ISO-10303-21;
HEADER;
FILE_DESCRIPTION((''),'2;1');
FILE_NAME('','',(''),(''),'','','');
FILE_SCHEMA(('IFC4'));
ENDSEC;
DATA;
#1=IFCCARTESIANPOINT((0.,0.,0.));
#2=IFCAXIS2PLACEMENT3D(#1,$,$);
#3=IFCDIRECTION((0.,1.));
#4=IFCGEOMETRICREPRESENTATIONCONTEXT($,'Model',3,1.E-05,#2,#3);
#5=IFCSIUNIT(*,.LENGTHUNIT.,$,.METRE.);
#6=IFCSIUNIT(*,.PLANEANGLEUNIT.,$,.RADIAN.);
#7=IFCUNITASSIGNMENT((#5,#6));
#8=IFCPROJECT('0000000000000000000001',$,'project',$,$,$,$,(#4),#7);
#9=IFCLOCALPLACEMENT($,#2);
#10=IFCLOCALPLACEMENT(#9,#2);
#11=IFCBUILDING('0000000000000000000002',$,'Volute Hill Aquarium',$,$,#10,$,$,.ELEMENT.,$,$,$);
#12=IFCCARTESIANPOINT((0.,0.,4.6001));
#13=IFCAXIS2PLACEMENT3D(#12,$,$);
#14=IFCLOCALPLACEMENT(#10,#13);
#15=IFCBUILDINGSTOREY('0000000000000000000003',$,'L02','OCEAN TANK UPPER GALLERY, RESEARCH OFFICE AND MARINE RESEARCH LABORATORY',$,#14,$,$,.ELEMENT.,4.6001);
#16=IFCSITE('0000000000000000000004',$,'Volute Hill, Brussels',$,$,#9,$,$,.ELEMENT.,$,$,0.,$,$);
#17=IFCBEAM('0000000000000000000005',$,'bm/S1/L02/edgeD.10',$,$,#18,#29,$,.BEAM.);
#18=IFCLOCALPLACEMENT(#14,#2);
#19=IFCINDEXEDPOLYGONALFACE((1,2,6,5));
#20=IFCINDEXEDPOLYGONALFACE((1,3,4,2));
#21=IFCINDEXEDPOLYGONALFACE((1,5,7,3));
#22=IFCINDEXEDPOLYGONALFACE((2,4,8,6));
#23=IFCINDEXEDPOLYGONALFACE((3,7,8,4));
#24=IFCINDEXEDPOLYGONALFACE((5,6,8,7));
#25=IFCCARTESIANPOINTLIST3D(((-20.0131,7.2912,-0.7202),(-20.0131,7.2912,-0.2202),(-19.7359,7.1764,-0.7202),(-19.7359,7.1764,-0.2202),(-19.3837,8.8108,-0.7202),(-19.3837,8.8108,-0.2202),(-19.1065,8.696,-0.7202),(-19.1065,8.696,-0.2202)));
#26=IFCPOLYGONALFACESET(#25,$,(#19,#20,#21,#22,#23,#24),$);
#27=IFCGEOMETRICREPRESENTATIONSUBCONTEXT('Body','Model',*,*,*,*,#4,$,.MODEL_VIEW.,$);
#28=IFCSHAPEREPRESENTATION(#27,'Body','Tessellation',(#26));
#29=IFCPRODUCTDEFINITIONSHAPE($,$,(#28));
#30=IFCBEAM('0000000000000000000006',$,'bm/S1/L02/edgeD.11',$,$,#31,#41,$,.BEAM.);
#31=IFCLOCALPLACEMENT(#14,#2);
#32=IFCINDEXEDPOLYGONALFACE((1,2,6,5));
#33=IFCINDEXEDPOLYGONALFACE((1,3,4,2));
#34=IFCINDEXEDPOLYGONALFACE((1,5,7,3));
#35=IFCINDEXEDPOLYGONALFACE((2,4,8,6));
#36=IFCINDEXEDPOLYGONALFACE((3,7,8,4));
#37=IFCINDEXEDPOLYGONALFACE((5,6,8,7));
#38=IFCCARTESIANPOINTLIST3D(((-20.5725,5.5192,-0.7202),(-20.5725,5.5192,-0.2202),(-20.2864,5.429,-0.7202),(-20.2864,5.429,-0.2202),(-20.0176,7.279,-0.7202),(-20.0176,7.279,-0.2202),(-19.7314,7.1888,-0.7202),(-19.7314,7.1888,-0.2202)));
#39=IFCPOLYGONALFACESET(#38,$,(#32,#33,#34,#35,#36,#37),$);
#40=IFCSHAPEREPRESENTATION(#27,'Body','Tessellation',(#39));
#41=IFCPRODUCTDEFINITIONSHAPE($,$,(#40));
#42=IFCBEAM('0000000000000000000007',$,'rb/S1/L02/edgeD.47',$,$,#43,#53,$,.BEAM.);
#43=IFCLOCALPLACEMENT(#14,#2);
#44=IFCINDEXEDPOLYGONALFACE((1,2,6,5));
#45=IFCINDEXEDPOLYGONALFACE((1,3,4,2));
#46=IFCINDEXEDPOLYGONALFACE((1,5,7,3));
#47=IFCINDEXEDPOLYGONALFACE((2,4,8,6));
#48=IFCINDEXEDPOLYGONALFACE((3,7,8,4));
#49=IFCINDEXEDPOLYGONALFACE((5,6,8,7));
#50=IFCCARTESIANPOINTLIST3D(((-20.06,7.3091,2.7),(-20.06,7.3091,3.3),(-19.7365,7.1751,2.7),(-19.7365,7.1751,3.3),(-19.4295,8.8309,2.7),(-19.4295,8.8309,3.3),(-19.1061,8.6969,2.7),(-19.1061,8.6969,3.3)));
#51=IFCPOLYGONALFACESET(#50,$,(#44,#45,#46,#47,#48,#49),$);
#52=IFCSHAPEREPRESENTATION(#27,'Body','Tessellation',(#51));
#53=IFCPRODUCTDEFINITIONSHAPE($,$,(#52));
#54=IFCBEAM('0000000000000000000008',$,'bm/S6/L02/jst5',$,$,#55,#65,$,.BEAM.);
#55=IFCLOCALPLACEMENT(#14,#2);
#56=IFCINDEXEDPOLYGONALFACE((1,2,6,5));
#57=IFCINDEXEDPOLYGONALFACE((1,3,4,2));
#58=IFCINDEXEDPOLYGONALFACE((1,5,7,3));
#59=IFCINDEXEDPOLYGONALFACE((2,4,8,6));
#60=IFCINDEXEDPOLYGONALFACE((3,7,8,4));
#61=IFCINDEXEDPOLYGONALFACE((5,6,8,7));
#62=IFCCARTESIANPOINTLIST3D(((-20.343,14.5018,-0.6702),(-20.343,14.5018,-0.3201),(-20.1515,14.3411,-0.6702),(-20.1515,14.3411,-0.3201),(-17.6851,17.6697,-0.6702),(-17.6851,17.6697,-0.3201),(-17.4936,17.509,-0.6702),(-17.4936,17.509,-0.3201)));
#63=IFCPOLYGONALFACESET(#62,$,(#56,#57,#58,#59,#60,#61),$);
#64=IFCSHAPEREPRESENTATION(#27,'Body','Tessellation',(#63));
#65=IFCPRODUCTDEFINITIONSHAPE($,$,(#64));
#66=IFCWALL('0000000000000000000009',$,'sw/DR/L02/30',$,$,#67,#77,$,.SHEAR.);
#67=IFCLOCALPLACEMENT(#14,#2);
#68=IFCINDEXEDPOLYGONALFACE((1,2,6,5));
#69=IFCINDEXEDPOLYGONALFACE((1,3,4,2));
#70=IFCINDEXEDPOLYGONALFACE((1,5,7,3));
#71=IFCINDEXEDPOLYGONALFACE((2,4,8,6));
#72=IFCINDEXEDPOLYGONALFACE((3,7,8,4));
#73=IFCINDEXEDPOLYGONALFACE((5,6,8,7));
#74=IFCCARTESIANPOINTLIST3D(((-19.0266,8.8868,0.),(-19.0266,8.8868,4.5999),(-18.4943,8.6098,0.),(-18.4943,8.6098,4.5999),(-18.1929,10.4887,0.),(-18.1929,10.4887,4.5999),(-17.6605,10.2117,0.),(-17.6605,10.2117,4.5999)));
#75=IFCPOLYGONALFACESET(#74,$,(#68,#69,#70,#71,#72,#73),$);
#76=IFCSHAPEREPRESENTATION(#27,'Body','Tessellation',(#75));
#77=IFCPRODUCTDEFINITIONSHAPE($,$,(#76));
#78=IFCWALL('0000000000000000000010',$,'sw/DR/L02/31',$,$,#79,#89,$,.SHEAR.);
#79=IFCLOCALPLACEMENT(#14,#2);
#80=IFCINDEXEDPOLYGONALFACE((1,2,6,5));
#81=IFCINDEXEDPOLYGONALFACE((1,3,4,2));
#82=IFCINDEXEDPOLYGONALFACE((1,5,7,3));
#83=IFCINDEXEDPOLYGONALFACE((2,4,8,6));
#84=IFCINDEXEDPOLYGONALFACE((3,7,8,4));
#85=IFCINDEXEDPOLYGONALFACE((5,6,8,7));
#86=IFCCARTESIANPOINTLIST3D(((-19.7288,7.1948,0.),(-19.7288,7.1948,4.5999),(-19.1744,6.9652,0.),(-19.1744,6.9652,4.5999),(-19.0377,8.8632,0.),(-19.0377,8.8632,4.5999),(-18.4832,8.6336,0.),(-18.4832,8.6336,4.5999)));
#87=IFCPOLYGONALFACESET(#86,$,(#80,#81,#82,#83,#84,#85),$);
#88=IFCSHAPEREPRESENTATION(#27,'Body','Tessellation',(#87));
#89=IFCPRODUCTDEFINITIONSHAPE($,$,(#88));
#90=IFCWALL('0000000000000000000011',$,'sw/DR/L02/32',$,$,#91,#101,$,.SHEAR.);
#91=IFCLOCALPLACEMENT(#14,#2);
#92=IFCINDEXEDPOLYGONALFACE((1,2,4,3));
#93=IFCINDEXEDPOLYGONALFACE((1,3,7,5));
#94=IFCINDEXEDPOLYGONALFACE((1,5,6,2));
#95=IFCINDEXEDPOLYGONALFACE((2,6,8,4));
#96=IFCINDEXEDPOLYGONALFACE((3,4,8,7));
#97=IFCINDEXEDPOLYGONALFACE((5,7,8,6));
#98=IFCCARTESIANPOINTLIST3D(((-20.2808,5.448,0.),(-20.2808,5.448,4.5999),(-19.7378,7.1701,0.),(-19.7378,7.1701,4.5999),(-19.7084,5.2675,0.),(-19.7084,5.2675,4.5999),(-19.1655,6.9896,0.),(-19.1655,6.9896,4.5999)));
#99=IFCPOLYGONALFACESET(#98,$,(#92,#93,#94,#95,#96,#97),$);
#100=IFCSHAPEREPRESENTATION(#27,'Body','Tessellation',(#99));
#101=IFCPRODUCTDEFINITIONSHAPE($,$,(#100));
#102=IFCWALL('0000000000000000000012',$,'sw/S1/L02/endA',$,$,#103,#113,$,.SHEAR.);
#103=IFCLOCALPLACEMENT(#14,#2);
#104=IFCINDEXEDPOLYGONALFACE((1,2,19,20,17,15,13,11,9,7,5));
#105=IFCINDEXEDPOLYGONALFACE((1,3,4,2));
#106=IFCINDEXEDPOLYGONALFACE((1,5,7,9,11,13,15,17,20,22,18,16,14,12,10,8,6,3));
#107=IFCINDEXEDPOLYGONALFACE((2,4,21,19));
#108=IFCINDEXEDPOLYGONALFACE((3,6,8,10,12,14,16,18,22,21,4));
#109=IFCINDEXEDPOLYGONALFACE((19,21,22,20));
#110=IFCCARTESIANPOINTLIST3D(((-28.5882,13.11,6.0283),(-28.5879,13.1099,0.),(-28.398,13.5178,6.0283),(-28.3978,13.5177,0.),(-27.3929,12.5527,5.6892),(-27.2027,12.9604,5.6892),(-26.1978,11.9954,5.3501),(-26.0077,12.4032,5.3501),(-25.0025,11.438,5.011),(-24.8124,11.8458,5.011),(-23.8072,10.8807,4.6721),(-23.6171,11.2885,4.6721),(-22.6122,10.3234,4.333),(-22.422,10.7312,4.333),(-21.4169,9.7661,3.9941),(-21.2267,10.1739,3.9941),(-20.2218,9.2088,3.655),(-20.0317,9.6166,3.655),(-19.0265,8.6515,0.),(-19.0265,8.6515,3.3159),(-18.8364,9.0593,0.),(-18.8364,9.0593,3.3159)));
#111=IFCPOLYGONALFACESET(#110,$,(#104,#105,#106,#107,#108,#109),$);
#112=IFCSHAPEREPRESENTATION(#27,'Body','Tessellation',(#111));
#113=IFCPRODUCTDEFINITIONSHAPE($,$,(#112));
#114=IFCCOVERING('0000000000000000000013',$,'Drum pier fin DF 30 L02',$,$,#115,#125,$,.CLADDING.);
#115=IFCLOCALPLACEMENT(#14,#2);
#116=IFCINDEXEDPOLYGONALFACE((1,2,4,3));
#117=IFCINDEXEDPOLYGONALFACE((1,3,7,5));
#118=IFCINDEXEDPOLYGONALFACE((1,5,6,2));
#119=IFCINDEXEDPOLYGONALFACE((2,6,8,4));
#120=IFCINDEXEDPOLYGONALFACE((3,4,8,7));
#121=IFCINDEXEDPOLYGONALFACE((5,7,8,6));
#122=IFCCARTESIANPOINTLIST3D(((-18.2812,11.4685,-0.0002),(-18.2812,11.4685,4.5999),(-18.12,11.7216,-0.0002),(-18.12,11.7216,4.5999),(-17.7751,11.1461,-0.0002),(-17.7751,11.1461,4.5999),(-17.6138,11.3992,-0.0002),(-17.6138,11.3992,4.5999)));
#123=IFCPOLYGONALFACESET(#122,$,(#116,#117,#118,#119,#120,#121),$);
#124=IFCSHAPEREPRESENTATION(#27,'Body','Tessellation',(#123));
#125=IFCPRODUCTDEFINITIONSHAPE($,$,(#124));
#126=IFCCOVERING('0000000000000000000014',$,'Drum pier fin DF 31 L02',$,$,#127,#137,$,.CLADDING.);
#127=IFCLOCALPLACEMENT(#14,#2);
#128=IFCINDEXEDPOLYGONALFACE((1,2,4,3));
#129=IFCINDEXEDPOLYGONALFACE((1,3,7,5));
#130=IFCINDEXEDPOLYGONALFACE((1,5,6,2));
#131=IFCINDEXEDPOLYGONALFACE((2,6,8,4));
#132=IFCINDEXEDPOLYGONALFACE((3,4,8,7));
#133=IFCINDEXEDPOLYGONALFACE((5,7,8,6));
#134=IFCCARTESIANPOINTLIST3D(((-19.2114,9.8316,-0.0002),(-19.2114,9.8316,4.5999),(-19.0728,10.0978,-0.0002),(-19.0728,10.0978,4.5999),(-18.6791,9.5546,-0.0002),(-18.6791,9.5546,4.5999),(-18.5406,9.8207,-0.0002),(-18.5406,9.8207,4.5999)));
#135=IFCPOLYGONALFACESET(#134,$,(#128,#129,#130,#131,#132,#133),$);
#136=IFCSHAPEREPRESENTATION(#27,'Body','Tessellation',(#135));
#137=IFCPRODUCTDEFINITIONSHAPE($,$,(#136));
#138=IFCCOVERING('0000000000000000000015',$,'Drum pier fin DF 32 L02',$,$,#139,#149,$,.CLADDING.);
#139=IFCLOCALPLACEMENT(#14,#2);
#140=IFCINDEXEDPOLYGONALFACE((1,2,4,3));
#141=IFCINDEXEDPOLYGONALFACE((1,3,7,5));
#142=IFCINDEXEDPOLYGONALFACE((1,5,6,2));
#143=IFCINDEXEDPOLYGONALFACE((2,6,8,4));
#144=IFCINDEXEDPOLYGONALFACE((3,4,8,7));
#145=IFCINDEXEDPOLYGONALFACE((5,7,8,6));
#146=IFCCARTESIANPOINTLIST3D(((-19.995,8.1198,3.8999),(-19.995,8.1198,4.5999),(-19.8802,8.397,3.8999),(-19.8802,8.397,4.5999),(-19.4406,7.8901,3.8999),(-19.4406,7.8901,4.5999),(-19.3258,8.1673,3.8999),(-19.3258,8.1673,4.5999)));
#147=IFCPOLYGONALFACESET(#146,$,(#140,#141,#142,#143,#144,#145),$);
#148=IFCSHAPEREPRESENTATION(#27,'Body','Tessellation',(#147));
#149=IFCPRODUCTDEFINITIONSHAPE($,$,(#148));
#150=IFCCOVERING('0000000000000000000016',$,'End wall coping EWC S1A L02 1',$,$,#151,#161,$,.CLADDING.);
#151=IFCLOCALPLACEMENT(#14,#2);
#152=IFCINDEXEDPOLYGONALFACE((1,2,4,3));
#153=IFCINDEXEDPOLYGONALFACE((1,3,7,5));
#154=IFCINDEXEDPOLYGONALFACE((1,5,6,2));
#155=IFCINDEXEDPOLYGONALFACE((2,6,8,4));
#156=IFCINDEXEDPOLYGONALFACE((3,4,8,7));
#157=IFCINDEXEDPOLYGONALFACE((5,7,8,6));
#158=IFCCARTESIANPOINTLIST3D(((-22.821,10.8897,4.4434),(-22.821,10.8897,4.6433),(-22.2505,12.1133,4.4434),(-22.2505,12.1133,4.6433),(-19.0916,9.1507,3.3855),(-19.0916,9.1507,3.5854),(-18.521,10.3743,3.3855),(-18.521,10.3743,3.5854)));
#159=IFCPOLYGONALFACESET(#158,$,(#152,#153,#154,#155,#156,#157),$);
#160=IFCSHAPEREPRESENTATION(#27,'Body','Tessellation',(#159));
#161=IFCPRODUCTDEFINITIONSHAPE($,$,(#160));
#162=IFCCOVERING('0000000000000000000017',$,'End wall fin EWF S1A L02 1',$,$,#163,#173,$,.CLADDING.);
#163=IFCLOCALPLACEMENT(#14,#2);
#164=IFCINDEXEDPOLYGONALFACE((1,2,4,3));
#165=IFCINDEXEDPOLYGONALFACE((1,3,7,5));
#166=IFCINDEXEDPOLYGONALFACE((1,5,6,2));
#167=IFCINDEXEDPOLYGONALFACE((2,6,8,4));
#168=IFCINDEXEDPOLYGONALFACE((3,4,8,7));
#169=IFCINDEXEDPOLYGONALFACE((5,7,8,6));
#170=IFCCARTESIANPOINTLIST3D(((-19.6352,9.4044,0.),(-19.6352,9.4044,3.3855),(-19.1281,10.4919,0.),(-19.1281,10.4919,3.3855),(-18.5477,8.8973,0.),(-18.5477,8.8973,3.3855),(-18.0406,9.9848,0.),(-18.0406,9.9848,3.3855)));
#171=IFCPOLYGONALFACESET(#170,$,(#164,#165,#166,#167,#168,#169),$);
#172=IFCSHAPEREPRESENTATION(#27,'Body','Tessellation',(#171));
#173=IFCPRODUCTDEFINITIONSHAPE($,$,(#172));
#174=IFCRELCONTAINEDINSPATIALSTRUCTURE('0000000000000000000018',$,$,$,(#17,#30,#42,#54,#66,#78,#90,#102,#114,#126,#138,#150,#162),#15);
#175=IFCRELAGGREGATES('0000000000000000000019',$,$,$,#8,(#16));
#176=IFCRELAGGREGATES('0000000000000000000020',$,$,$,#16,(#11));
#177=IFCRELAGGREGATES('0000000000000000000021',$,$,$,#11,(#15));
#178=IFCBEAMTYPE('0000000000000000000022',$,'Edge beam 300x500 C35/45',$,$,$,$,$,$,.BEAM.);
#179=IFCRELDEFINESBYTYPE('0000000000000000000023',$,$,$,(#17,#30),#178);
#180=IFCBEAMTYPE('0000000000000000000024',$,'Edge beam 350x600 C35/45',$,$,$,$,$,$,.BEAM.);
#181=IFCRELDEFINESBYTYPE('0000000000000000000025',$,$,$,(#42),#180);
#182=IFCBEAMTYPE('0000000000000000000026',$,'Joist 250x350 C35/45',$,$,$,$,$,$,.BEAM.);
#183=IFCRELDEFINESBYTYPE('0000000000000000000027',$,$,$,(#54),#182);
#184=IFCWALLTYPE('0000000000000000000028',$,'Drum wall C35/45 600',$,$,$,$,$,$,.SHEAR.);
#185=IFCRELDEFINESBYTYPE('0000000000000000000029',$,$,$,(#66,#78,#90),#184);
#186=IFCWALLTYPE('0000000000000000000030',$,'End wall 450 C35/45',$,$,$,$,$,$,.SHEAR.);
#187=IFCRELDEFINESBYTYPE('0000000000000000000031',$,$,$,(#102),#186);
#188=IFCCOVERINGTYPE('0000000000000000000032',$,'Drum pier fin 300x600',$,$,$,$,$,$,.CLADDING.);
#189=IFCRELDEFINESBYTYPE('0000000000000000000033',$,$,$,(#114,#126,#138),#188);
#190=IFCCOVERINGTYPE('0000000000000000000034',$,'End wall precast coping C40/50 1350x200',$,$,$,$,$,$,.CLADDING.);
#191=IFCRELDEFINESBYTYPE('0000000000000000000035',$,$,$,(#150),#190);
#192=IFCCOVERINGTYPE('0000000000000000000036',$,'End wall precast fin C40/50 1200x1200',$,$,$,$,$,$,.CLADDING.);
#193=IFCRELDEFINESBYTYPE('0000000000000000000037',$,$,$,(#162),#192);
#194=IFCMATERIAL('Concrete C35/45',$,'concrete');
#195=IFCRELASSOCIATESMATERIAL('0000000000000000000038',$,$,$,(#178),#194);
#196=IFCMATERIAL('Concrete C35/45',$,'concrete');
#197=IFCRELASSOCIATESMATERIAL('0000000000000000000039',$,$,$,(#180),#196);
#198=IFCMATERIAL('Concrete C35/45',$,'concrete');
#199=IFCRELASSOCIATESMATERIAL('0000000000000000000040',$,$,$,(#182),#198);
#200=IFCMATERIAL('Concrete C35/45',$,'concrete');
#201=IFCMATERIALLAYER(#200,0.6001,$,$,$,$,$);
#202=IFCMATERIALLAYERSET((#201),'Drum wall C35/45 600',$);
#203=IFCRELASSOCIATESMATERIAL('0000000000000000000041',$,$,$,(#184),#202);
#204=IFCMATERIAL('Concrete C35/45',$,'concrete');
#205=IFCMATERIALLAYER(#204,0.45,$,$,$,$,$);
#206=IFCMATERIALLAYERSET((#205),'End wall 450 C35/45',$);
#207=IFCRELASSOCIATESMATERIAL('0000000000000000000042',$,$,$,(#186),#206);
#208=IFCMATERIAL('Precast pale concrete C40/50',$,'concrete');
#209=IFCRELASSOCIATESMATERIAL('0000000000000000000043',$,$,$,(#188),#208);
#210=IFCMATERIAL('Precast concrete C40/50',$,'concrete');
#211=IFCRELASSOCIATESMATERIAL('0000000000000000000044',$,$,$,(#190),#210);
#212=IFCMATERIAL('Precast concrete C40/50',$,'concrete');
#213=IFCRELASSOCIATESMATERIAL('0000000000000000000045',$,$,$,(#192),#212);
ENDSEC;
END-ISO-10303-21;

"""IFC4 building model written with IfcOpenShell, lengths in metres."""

from ifc_helpers import new_model, si_unit, direction, frame, frame_2d, origin, origin_2d, place, context, subcontext, project, spatial, polyline, rectangle, outline, extrude, material, layer, layer_set, material_profile, profile_set, type_object, element, save


model = new_model("IFC4")

# Units and contexts
model_context = context("Model", 3, precision=1e-05, world=origin(), true_north=direction((0.0, 1.0)))
body_context = subcontext(model_context, "Body", "Model", "MODEL_VIEW")
ifc_project = project(units=[si_unit("LENGTHUNIT", "METRE"), si_unit("PLANEANGLEUNIT", "RADIAN")], contexts=[model_context])

# Site, building, storey
site_placement = place(None, origin())
site = spatial("IfcSite", under=ifc_project, at=site_placement, Name="Volute Hill, Brussels", CompositionType="ELEMENT", RefElevation=0.0)
building_placement = place(site_placement, origin())
building = spatial("IfcBuilding", under=site, at=building_placement, Name="Volute Hill Aquarium", CompositionType="ELEMENT")
storey_placement = place(building_placement, frame((0.0, 0.0, 4.6001)))
storey = spatial("IfcBuildingStorey", under=building, at=storey_placement, Name="L02", Description="OCEAN TANK UPPER GALLERY, RESEARCH OFFICE AND MARINE RESEARCH LABORATORY", CompositionType="ELEMENT", Elevation=4.6001)

# Beams
ifc_material_1 = material(Name="Concrete C35/45", Category="concrete")
ifc_material_profile_1 = material_profile(ifc_material_1, rectangle(XDim=0.3, YDim=0.5, at=origin_2d()), Name="RC edge beam 300x500")
ifc_profile_set_1 = profile_set([ifc_material_profile_1], Name="Concrete C35/45")
beam_type_1 = type_object("IfcBeamType", Name="Edge beam 300x500 C35/45", PredefinedType="BEAM", material=ifc_profile_set_1)
beam_1_placement = place(storey_placement, frame((-19.2451, 8.7534, -0.4702), z_axis=(-0.382675, -0.923883, 0.0), x_axis=(0.923883, -0.382675, 0.0)))
element("IfcBeam", 1, at=beam_1_placement, inside=storey, type_object=beam_type_1, Name="bm/S1/L02/edgeD.10", PredefinedType="BEAM", context=body_context, shape_type="SweptSolid", body=[
    extrude(rectangle(XDim=0.3, YDim=0.5, at=origin_2d()), origin(), (0.0, 0.0, 1.0), 1.6448),
])
beam_2_placement = place(storey_placement, frame((-19.8745, 7.2339, -0.4702), z_axis=(-0.300745, -0.953705, 0.0), x_axis=(0.953705, -0.300745, 0.0)))
element("IfcBeam", 2, at=beam_2_placement, inside=storey, type_object=beam_type_1, Name="bm/S1/L02/edgeD.11", PredefinedType="BEAM", context=body_context, shape_type="SweptSolid", body=[
    extrude(rectangle(XDim=0.3, YDim=0.5, at=origin_2d()), origin(), (0.0, 0.0, 1.0), 1.8452),
])
ifc_material_2 = material(Name="Concrete C35/45", Category="concrete")
ifc_material_profile_2 = material_profile(ifc_material_2, rectangle(XDim=0.3501, YDim=0.6001, at=origin_2d()), Name="RC edge beam 350x600")
ifc_profile_set_2 = profile_set([ifc_material_profile_2], Name="Concrete C35/45")
beam_type_2 = type_object("IfcBeamType", Name="Edge beam 350x600 C35/45", PredefinedType="BEAM", material=ifc_profile_set_2)
beam_3_placement = place(storey_placement, frame((-19.2678, 8.7639, 3.0), z_axis=(-0.38271, -0.923869, 0.0), x_axis=(0.923869, -0.38271, 0.0)))
element("IfcBeam", 3, at=beam_3_placement, inside=storey, type_object=beam_type_2, Name="rb/S1/L02/edgeD.47", PredefinedType="BEAM", context=body_context, shape_type="SweptSolid", body=[
    extrude(rectangle(XDim=0.3501, YDim=0.6001, at=origin_2d()), origin(), (0.0, 0.0, 1.0), 1.6472),
])
ifc_material_3 = material(Name="Concrete C35/45", Category="concrete")
ifc_material_profile_3 = material_profile(ifc_material_3, rectangle(XDim=0.25, YDim=0.3501, at=origin_2d()), Name="RC joist 250x350")
ifc_profile_set_3 = profile_set([ifc_material_profile_3], Name="Concrete C35/45")
beam_type_3 = type_object("IfcBeamType", Name="Joist 250x350 C35/45", PredefinedType="BEAM", material=ifc_profile_set_3)
beam_4_placement = place(storey_placement, frame((-17.5894, 17.5894, -0.4951), z_axis=(-0.642748, -0.766078, 0.0), x_axis=(0.766078, -0.642748, 0.0)))
element("IfcBeam", 4, at=beam_4_placement, inside=storey, type_object=beam_type_3, Name="bm/S6/L02/jst5", PredefinedType="BEAM", context=body_context, shape_type="SweptSolid", body=[
    extrude(rectangle(XDim=0.25, YDim=0.3501, at=origin_2d()), origin(), (0.0, 0.0, 1.0), 4.1353),
])

# Walls
ifc_material_4 = material(Name="Concrete C35/45", Category="concrete")
ifc_layer_1 = layer(ifc_material_4, 0.6001)
ifc_layer_set_1 = layer_set([ifc_layer_1], Name="Drum wall C35/45 600")
wall_type_1 = type_object("IfcWallType", Name="Drum wall C35/45 600", PredefinedType="SHEAR", material=ifc_layer_set_1)
for number, where, z_axis, x_axis, name in (
    (5, (-17.9268, 10.3501, 0.0), (0.0, 0.0, 1.0), (-0.461702, -0.887035, 0.0), "sw/DR/L02/30"),
    (6, (-18.7605, 8.7483, 0.0), (0.0, 0.0, 1.0), (-0.382714, -0.923867, 0.0), "sw/DR/L02/31"),
):
    element("IfcWall", number, at=place(storey_placement, frame(where, z_axis=z_axis, x_axis=x_axis)), inside=storey, type_object=wall_type_1, Name=name, PredefinedType="SHEAR", context=body_context, shape_type="SweptSolid", body=[
        extrude(rectangle(XDim=1.8059, YDim=0.6001, at=frame_2d((0.9028, 0.0))), origin(), (0.0, 0.0, 1.0), 4.5999),
    ])
wall_1_placement = place(storey_placement, frame((-19.4517, 7.0798, 0.0), z_axis=(0.0, 0.0, 1.0), x_axis=(-0.300691, -0.953722, 0.0)))
element("IfcWall", 7, at=wall_1_placement, inside=storey, type_object=wall_type_1, Name="sw/DR/L02/32", PredefinedType="SHEAR", context=body_context, shape_type="SweptSolid", body=[
    extrude(rectangle(XDim=1.8057, YDim=0.6001, at=frame_2d((0.9028, 0.0))), origin(), (0.0, 0.0, 1.0), 4.5999),
])
ifc_material_5 = material(Name="Concrete C35/45", Category="concrete")
ifc_layer_2 = layer(ifc_material_5, 0.45)
ifc_layer_set_2 = layer_set([ifc_layer_2], Name="End wall 450 C35/45")
wall_type_2 = type_object("IfcWallType", Name="End wall 450 C35/45", PredefinedType="SHEAR", material=ifc_layer_set_2)
wall_2_placement = place(storey_placement, frame((-18.9314, 8.8555, 0.0), z_axis=(0.0, 0.0, 1.0), x_axis=(-0.906312, 0.422609, 0.0)))
element("IfcWall", 8, at=wall_2_placement, inside=storey, type_object=wall_type_2, Name="sw/S1/L02/endA", PredefinedType="SHEAR", context=body_context, shape_type="SweptSolid", body=[
    extrude(outline(polyline([(0.0, 0.0), (10.5498, 0.0), (10.55, 6.0283), (9.2312, 5.6892), (7.9126, 5.3501), (6.5938, 5.011), (5.2749, 4.6721), (3.9563, 4.333), (2.6375, 3.9941), (1.3188, 3.655), (0.0, 3.3159), (0.0, 0.0)])), frame((0.0, 0.2251, 0.0), z_axis=(0.0, -1.0, 0.0), x_axis=(1.0, 0.0, 0.0)), (0.0, 0.0, 1.0), 0.45),
])

# Coverings
ifc_material_6 = material(Name="Precast pale concrete C40/50", Category="concrete")
covering_type_1 = type_object("IfcCoveringType", Name="Drum pier fin 300x600", PredefinedType="CLADDING", material=ifc_material_6)
for number, where, z_axis, x_axis, name in (
    (9, (-17.9475, 11.4338, -0.0002), (0.0, 0.0, 1.0), (-0.5373, -0.843391, 0.0), "Drum pier fin DF 30 L02"),
    (10, (-18.876, 9.8262, -0.0002), (0.0, 0.0, 1.0), (-0.461749, -0.887011, 0.0), "Drum pier fin DF 31 L02"),
):
    element("IfcCovering", number, at=place(storey_placement, frame(where, z_axis=z_axis, x_axis=x_axis)), inside=storey, type_object=covering_type_1, Name=name, PredefinedType="CLADDING", context=body_context, shape_type="SweptSolid", body=[
        extrude(rectangle(XDim=0.3, YDim=0.6001, at=origin_2d()), origin(), (0.0, 0.0, 1.0), 4.6001),
    ])
covering_1_placement = place(storey_placement, frame((-19.6604, 8.1436, 3.8999), z_axis=(0.0, 0.0, 1.0), x_axis=(-0.382683, -0.92388, 0.0)))
element("IfcCovering", 11, at=covering_1_placement, inside=storey, type_object=covering_type_1, Name="Drum pier fin DF 32 L02", PredefinedType="CLADDING", context=body_context, shape_type="SweptSolid", body=[
    extrude(rectangle(XDim=0.3, YDim=0.6001, at=origin_2d()), origin(), (0.0, 0.0, 1.0), 0.7),
])
ifc_material_7 = material(Name="Precast concrete C40/50", Category="concrete")
covering_type_2 = type_object("IfcCoveringType", Name="End wall precast coping C40/50 1350x200", PredefinedType="CLADDING", material=ifc_material_7)
covering_2_placement = place(storey_placement, frame((-18.521, 10.3743, 3.3855), z_axis=(0.422603, 0.906315, 0.0), x_axis=(-0.877774, 0.409295, 0.248979)))
element("IfcCovering", 12, at=covering_2_placement, inside=storey, type_object=covering_type_2, Name="End wall coping EWC S1A L02 1", PredefinedType="CLADDING", context=body_context, shape_type="SweptSolid", body=[
    extrude(outline(polyline([(0.0, 0.0), (4.2488, 0.0), (4.2986, 0.1937), (0.0498, 0.1937), (0.0, 0.0)])), origin(), (0.0, 0.0, -1.0), 1.3501),
])
ifc_material_8 = material(Name="Precast concrete C40/50", Category="concrete")
covering_type_3 = type_object("IfcCoveringType", Name="End wall precast fin C40/50 1200x1200", PredefinedType="CLADDING", material=ifc_material_8)
covering_3_placement = place(storey_placement, frame((-18.8379, 9.6946, 0.0), z_axis=(0.0, 0.0, 1.0), x_axis=(-0.906308, 0.422618, 0.0)))
element("IfcCovering", 13, at=covering_3_placement, inside=storey, type_object=covering_type_3, Name="End wall fin EWF S1A L02 1", PredefinedType="CLADDING", context=body_context, shape_type="SweptSolid", body=[
    extrude(rectangle(XDim=1.2, YDim=1.2, at=origin_2d()), origin(), (0.0, 0.0, 1.0), 3.3855),
])

save(model, "model.ifc")
